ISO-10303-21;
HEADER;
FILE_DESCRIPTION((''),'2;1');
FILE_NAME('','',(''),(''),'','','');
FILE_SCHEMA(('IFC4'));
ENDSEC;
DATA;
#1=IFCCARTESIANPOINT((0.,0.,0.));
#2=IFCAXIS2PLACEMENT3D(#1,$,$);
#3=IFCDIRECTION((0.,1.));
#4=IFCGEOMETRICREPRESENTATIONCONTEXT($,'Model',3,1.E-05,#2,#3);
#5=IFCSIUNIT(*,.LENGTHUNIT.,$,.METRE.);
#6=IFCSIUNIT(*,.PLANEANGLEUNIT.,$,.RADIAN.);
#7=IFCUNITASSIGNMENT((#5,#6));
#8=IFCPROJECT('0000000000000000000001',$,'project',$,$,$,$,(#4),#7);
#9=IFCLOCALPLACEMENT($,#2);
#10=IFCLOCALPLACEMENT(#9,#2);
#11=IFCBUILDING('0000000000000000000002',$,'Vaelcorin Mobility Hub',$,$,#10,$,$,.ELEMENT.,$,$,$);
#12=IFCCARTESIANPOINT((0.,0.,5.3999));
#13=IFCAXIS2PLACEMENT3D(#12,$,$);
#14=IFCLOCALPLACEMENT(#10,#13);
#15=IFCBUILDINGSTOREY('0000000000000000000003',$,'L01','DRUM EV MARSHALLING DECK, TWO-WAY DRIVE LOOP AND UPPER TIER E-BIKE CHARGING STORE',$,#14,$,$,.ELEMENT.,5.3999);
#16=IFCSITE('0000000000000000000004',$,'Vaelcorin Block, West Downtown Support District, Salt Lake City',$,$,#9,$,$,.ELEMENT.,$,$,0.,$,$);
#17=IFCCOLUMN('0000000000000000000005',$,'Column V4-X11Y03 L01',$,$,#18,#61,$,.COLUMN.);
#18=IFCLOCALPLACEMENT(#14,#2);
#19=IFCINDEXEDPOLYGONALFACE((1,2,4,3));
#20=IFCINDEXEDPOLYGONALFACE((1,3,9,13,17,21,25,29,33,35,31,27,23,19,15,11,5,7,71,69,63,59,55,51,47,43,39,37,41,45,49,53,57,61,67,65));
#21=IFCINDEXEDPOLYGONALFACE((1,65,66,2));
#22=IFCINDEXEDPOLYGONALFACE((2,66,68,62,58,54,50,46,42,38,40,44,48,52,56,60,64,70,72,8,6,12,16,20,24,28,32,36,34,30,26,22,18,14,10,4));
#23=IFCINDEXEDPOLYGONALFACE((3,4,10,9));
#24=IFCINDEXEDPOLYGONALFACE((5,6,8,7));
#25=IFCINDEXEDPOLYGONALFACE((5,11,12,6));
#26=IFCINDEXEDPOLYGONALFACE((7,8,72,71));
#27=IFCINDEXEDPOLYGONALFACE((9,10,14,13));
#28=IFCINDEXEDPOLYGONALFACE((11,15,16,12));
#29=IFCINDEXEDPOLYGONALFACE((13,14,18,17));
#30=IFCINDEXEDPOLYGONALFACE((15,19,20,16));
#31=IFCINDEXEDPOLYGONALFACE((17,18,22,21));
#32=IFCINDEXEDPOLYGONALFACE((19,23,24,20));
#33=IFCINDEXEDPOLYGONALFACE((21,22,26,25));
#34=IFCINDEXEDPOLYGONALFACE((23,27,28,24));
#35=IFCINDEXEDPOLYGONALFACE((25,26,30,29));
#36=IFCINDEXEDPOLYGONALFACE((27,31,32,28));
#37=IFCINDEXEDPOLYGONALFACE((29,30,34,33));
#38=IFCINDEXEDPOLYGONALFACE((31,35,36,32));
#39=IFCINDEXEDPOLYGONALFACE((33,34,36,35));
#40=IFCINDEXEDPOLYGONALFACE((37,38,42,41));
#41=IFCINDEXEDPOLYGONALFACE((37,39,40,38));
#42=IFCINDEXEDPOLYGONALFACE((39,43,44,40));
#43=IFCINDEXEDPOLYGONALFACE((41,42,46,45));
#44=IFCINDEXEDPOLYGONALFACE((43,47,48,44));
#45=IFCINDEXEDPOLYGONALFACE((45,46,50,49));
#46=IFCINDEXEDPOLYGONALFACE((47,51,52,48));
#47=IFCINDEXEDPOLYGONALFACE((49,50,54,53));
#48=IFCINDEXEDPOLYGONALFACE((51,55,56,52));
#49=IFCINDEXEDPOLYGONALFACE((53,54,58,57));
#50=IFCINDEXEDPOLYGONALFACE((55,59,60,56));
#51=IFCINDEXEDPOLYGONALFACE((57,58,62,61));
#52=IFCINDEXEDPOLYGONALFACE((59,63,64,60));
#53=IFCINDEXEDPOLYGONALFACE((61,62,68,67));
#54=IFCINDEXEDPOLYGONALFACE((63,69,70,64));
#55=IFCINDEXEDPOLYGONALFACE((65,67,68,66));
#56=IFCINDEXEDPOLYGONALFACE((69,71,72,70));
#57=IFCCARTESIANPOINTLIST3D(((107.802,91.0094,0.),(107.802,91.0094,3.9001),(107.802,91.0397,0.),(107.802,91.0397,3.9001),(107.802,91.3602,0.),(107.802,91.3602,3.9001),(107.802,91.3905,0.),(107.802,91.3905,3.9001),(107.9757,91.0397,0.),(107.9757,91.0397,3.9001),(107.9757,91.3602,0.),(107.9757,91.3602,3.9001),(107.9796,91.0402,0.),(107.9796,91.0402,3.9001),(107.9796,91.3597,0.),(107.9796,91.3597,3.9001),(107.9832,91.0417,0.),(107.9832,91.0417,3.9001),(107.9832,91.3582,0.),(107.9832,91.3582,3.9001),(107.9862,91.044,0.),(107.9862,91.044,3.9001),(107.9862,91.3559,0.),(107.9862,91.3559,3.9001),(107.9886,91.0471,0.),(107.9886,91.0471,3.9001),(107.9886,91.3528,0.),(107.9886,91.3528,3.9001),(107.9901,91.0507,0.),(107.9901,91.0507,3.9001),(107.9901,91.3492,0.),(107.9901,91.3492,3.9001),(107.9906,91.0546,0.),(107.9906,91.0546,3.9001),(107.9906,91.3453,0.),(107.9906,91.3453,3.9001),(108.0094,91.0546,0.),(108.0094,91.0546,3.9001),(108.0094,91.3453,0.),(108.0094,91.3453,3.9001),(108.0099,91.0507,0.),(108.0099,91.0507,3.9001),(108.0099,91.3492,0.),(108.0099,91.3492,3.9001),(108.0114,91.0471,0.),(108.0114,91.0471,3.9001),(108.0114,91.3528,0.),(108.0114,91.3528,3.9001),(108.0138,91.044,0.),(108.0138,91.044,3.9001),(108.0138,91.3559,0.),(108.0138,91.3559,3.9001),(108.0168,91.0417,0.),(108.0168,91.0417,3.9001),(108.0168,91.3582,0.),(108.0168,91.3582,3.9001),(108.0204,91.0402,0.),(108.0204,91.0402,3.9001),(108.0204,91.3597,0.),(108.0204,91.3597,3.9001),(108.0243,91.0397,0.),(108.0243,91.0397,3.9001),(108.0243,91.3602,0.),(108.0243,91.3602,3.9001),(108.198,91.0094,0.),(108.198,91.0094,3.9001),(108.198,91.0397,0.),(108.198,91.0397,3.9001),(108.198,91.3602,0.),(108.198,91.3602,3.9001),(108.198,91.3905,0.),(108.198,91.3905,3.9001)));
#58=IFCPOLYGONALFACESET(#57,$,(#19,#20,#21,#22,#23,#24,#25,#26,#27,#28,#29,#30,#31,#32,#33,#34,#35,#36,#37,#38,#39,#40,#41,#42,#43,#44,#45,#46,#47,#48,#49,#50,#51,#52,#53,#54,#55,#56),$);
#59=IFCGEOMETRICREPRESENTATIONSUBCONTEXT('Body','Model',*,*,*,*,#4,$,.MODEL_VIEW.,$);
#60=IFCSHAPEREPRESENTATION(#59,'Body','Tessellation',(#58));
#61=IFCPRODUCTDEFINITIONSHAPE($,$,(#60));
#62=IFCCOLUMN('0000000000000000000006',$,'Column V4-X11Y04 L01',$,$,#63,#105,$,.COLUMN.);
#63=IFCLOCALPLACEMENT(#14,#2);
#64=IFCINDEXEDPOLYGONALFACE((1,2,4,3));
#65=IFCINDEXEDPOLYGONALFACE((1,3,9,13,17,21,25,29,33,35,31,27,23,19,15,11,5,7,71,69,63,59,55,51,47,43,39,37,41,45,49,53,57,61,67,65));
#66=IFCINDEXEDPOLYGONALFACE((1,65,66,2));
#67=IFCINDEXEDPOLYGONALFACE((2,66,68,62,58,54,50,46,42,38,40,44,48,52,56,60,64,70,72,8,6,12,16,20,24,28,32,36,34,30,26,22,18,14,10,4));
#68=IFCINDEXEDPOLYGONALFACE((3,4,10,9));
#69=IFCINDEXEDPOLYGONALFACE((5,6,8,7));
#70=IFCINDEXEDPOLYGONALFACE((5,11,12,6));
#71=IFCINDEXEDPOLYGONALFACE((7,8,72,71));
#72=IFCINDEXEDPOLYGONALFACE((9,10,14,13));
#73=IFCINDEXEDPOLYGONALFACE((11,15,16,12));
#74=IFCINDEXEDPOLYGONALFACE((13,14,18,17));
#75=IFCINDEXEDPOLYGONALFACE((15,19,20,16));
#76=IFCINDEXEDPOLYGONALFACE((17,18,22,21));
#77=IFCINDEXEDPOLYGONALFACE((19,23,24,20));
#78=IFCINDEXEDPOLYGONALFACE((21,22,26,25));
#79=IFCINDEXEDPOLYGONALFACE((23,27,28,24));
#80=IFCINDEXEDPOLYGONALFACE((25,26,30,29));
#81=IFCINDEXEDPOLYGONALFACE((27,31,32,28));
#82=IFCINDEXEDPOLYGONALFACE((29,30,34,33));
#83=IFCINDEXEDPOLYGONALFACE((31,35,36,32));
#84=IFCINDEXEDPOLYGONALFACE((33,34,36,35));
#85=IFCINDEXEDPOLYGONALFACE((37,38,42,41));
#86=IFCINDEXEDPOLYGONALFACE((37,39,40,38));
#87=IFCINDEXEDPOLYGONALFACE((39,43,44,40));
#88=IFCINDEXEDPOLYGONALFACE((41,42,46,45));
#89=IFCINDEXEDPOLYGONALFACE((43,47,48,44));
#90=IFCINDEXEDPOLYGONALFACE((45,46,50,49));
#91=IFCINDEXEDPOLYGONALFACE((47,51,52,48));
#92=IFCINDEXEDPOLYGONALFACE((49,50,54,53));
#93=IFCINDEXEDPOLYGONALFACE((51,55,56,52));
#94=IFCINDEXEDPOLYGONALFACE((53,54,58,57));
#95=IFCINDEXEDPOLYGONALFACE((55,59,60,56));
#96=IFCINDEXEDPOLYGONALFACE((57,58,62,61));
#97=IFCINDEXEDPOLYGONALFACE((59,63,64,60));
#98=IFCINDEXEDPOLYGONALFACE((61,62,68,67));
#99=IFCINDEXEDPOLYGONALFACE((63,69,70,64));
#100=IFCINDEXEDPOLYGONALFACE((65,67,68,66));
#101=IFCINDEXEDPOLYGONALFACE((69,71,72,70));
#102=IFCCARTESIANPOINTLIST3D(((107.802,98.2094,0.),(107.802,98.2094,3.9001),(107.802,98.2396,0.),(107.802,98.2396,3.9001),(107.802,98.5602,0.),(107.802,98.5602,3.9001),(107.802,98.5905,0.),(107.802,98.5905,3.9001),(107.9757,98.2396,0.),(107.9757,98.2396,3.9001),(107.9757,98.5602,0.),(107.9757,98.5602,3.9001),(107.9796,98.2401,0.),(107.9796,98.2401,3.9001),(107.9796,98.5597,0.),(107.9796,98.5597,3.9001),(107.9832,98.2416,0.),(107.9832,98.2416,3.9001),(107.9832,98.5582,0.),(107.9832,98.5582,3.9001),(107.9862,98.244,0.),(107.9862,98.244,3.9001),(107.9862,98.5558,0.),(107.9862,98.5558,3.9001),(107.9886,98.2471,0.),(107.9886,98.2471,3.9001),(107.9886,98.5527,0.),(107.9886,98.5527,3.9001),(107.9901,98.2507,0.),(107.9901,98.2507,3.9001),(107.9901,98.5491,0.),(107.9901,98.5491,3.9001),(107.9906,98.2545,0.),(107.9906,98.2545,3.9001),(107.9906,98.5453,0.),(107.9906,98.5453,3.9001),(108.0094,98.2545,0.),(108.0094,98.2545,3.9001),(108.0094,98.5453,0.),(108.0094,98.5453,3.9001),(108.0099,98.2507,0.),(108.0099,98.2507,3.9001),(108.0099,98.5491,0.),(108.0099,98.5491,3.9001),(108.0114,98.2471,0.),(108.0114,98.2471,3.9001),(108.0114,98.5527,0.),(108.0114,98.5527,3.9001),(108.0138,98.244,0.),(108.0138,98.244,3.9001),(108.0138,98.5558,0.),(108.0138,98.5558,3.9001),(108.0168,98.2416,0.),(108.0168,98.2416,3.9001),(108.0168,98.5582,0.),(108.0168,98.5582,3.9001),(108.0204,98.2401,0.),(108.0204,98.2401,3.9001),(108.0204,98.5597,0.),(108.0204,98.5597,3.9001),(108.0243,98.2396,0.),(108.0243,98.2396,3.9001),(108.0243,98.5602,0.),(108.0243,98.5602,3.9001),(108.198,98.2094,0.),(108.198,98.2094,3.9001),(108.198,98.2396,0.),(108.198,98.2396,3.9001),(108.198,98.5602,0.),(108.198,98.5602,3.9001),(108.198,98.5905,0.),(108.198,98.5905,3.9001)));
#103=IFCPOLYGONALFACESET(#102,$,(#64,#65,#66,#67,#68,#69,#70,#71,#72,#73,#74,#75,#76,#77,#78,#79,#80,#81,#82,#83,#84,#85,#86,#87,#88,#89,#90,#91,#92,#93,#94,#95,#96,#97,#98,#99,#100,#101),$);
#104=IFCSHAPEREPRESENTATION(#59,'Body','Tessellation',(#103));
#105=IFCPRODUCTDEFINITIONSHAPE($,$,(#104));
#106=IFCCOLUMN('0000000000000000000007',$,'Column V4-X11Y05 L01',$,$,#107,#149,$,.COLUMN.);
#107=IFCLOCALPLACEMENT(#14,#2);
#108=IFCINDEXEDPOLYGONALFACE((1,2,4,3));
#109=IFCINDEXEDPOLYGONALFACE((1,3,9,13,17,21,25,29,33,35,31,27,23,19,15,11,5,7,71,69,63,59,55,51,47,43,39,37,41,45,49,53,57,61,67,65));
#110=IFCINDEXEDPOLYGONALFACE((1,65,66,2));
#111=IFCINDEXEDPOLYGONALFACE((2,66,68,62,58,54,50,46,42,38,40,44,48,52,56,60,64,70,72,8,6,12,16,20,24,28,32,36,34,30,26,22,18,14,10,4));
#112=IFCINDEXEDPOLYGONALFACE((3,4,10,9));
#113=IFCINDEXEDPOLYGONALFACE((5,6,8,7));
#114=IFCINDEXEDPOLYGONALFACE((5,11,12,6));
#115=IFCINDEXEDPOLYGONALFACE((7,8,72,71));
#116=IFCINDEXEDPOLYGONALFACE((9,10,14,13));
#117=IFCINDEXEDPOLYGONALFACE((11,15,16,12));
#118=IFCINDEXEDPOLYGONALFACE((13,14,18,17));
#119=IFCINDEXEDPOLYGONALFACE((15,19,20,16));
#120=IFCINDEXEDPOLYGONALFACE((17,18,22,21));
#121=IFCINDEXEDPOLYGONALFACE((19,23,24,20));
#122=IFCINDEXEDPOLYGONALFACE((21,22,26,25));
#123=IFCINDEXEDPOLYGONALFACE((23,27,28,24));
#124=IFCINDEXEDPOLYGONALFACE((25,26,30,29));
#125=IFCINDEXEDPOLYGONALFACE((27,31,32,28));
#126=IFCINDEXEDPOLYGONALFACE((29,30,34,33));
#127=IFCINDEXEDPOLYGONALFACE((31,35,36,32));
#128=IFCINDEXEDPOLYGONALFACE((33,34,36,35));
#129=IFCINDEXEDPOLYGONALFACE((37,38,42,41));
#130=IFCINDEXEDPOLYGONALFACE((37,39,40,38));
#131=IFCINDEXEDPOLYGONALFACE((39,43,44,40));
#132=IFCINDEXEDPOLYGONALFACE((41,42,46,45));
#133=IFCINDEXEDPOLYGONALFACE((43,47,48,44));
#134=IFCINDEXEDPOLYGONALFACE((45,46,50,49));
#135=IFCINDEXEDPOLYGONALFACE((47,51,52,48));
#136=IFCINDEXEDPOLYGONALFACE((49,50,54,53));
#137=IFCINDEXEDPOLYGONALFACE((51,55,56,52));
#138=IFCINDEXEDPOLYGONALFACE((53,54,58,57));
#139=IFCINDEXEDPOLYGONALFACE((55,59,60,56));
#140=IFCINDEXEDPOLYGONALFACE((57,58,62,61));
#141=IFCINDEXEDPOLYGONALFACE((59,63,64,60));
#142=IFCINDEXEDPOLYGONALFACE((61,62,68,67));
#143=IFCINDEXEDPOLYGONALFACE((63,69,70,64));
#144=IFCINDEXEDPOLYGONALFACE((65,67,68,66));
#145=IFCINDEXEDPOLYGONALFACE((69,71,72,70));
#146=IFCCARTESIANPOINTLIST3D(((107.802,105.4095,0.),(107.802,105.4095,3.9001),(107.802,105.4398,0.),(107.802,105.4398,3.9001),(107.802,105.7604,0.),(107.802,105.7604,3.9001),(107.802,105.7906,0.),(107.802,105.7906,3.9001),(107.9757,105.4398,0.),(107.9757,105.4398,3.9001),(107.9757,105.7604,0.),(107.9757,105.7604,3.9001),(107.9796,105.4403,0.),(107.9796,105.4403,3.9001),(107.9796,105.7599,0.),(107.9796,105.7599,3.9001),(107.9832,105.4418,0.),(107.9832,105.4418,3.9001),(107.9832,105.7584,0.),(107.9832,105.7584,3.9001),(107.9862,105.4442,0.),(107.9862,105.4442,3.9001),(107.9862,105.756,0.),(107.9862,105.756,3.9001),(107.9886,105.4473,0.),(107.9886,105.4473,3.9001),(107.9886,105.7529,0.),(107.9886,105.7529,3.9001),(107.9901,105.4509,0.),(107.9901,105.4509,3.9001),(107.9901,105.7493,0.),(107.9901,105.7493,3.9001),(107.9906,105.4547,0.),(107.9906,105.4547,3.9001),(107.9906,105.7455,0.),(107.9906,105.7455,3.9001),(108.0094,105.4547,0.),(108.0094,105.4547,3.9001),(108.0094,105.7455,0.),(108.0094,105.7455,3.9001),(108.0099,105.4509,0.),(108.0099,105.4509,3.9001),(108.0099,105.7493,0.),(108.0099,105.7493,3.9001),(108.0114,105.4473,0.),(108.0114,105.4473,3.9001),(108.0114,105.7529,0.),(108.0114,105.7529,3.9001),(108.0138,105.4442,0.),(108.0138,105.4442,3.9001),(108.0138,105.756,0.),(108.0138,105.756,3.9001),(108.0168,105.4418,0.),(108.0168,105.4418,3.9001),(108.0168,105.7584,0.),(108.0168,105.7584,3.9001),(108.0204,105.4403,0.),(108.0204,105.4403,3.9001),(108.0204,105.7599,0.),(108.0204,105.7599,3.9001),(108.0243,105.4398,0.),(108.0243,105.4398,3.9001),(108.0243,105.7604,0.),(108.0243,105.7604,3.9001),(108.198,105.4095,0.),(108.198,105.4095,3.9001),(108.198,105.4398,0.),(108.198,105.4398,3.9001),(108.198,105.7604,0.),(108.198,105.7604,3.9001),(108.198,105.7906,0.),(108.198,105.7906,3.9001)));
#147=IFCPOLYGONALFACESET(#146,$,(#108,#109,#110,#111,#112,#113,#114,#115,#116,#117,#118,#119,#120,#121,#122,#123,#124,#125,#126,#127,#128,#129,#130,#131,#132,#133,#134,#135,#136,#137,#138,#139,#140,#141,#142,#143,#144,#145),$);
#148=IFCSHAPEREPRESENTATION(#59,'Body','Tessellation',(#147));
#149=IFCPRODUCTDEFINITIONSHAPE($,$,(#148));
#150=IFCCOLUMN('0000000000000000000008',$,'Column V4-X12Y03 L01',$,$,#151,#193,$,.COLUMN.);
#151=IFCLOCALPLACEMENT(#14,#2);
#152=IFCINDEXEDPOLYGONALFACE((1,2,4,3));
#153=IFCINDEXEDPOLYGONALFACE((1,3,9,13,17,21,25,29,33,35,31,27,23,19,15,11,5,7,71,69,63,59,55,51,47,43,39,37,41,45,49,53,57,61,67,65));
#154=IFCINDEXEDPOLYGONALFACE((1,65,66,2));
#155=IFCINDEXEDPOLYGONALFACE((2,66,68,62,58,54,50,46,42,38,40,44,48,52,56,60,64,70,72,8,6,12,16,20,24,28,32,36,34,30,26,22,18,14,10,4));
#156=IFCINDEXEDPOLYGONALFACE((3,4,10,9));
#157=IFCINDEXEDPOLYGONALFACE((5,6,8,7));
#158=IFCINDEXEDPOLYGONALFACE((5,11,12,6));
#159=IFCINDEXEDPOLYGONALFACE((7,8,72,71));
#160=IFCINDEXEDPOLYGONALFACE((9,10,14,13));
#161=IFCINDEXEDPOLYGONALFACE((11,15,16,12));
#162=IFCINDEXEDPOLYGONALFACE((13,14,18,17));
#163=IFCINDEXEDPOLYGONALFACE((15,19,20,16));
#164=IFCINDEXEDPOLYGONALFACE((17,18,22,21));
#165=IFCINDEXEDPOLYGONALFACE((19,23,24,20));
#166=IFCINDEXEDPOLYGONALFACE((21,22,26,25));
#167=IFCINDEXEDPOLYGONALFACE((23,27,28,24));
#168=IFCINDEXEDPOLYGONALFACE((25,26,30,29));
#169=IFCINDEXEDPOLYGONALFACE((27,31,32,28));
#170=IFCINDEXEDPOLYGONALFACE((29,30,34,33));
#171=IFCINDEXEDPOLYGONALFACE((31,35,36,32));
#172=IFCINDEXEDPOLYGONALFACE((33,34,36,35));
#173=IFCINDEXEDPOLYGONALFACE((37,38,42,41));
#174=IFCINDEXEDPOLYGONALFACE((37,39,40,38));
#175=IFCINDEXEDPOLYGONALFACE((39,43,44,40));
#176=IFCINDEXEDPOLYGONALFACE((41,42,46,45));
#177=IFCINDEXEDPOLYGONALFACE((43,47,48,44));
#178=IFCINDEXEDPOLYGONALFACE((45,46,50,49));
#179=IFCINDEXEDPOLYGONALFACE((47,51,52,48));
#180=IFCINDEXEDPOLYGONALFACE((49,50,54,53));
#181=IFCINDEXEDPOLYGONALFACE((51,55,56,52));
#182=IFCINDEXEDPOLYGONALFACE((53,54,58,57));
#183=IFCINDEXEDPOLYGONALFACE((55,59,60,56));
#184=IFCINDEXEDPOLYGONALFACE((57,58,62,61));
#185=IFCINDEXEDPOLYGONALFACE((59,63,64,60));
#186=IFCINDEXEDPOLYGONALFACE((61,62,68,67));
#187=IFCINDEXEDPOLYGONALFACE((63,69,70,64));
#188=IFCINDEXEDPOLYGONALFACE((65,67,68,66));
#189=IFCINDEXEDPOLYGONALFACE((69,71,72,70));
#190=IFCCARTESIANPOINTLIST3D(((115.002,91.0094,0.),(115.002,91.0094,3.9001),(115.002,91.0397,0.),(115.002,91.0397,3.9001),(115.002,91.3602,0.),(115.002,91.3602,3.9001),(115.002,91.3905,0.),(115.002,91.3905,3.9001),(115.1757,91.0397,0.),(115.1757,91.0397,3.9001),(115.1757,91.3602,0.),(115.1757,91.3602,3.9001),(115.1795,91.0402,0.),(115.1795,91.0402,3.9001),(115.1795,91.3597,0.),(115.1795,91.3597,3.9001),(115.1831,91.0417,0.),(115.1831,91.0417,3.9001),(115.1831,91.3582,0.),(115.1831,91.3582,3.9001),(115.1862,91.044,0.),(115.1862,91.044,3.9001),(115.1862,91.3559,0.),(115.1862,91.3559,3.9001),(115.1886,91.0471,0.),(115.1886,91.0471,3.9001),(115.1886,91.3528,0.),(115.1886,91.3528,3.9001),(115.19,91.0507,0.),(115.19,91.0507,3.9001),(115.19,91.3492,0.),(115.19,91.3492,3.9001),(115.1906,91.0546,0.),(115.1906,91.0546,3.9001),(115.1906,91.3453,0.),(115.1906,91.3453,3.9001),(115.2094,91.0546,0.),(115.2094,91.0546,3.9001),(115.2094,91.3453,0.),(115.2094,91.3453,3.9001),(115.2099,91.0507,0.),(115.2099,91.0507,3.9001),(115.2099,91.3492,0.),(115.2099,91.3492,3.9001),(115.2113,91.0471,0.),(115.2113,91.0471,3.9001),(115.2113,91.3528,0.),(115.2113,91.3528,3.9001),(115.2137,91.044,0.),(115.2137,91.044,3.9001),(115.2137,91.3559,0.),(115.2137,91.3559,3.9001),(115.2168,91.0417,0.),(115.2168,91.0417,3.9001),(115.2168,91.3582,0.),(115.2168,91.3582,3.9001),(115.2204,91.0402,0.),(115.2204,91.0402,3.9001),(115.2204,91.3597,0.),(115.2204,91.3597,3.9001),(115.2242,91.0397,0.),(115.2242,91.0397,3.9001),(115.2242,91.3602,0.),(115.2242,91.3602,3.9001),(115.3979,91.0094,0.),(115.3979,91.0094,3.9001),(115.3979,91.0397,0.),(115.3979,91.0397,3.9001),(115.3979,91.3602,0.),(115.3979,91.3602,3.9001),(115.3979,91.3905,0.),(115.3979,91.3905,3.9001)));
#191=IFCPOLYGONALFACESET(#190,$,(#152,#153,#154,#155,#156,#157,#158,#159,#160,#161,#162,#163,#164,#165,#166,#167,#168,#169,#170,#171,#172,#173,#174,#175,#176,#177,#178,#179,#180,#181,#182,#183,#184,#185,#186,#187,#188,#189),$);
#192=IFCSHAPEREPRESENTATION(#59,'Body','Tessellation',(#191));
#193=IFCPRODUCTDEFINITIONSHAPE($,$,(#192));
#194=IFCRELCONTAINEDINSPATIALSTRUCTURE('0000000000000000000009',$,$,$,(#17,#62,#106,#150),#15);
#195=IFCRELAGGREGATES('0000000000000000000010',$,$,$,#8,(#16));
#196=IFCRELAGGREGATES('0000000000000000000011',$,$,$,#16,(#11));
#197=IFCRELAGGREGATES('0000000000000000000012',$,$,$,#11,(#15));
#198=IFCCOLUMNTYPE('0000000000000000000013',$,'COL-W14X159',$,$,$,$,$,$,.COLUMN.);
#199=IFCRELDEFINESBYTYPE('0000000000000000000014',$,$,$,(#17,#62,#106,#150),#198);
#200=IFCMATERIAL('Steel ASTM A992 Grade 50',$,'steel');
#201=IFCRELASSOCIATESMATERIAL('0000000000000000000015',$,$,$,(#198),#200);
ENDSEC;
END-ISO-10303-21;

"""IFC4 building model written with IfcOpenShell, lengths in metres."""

from ifc_helpers import new_model, si_unit, direction, frame, origin, origin_2d, place, context, subcontext, project, spatial, i_section, extrude, material, material_profile, profile_set, type_object, element, save


model = new_model("IFC4")

# Units and contexts
model_context = context("Model", 3, precision=1e-05, world=origin(), true_north=direction((0.0, 1.0)))
body_context = subcontext(model_context, "Body", "Model", "MODEL_VIEW")
ifc_project = project(units=[si_unit("LENGTHUNIT", "METRE"), si_unit("PLANEANGLEUNIT", "RADIAN")], contexts=[model_context])

# Site, building, storey
site_placement = place(None, origin())
site = spatial("IfcSite", under=ifc_project, at=site_placement, Name="Vaelcorin Block, West Downtown Support District, Salt Lake City", CompositionType="ELEMENT", RefElevation=0.0)
building_placement = place(site_placement, origin())
building = spatial("IfcBuilding", under=site, at=building_placement, Name="Vaelcorin Mobility Hub", CompositionType="ELEMENT")
storey_placement = place(building_placement, frame((0.0, 0.0, 5.3999)))
storey = spatial("IfcBuildingStorey", under=building, at=storey_placement, Name="L01", Description="DRUM EV MARSHALLING DECK, TWO-WAY DRIVE LOOP AND UPPER TIER E-BIKE CHARGING STORE", CompositionType="ELEMENT", Elevation=5.3999)

# Columns
ifc_material_1 = material(Name="Steel ASTM A992 Grade 50", Category="steel")
ifc_material_profile_1 = material_profile(ifc_material_1, i_section(OverallWidth=0.396, OverallDepth=0.3811, WebThickness=0.0188, FlangeThickness=0.0303, FilletRadius=0.0149, at=origin_2d()), Name="W14X159")
ifc_profile_set_1 = profile_set([ifc_material_profile_1], Name="Steel ASTM A992 Grade 50")
column_type_1 = type_object("IfcColumnType", Name="COL-W14X159", PredefinedType="COLUMN", material=ifc_profile_set_1)
for number, where, z_axis, x_axis, name in (
    (1, (108.0, 91.2, 0.0), (0.0, 0.0, 1.0), (1.0, 0.0, 0.0), "Column V4-X11Y03 L01"),
    (2, (108.0, 98.3999, 0.0), (0.0, 0.0, 1.0), (1.0, 0.0, 0.0), "Column V4-X11Y04 L01"),
    (3, (108.0, 105.6001, 0.0), (0.0, 0.0, 1.0), (1.0, 0.0, 0.0), "Column V4-X11Y05 L01"),
    (4, (115.2, 91.2, 0.0), (0.0, 0.0, 1.0), (1.0, 0.0, 0.0), "Column V4-X12Y03 L01"),
):
    element("IfcColumn", number, at=place(storey_placement, frame(where, z_axis=z_axis, x_axis=x_axis)), inside=storey, type_object=column_type_1, Name=name, PredefinedType="COLUMN", context=body_context, shape_type="SweptSolid", body=[
        extrude(i_section(OverallWidth=0.396, OverallDepth=0.3811, WebThickness=0.0188, FlangeThickness=0.0303, FilletRadius=0.0149, at=origin_2d()), origin(), (0.0, 0.0, 1.0), 3.9001),
    ])

save(model, "model.ifc")
